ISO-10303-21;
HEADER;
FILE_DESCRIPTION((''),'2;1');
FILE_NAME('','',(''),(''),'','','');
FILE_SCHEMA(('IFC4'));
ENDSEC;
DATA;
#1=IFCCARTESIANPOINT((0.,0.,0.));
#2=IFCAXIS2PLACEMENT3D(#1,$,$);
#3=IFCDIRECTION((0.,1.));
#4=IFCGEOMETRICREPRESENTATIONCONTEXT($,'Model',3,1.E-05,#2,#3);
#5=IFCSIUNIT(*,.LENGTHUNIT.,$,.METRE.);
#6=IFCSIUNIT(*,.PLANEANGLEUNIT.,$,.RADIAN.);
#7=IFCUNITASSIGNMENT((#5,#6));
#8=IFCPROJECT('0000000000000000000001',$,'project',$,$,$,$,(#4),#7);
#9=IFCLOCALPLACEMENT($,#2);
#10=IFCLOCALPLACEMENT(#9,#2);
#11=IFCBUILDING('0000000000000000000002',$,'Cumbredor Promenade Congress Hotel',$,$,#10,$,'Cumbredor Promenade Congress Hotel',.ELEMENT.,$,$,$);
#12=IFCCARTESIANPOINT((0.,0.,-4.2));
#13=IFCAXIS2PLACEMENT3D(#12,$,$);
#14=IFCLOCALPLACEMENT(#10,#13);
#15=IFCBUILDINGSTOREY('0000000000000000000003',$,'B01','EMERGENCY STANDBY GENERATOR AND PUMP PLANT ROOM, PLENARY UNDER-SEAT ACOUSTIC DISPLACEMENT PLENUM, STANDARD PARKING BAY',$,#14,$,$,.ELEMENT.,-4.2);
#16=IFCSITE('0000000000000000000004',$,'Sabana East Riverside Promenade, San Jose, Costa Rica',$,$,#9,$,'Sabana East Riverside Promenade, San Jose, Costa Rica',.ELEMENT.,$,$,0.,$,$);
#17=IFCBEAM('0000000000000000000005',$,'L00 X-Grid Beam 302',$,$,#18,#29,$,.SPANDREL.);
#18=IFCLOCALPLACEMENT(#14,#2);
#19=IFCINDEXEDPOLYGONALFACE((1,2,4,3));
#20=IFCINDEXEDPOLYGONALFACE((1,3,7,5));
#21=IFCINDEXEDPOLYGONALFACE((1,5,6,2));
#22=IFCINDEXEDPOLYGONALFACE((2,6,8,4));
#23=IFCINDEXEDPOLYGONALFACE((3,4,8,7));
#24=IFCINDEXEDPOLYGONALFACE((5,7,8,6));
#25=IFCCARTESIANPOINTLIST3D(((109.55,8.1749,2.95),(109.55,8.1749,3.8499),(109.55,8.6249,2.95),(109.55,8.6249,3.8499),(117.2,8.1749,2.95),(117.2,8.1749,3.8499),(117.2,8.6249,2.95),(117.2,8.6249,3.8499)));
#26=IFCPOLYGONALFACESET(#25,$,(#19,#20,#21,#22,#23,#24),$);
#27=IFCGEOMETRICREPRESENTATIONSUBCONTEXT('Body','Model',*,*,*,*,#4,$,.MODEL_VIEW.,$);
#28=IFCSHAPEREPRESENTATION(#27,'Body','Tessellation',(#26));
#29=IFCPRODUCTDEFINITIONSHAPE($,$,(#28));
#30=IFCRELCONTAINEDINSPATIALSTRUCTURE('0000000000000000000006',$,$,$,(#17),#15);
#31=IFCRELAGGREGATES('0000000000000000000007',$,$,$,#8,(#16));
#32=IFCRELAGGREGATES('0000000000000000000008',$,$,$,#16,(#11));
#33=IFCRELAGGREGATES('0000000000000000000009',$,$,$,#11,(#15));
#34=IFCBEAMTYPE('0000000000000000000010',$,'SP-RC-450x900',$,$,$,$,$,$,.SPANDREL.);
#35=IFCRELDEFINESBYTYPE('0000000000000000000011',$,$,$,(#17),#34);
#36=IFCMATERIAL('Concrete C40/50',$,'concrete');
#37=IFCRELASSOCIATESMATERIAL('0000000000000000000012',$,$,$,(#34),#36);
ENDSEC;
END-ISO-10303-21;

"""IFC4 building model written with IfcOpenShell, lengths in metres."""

from ifc_helpers import new_model, si_unit, direction, frame, origin, origin_2d, place, context, subcontext, project, spatial, rectangle, extrude, material, material_profile, profile_set, type_object, element, save


model = new_model("IFC4")

# Units and contexts
model_context = context("Model", 3, precision=1e-05, world=origin(), true_north=direction((0.0, 1.0)))
body_context = subcontext(model_context, "Body", "Model", "MODEL_VIEW")
ifc_project = project(units=[si_unit("LENGTHUNIT", "METRE"), si_unit("PLANEANGLEUNIT", "RADIAN")], contexts=[model_context])

# Site, building, storey
site_placement = place(None, origin())
site = spatial("IfcSite", under=ifc_project, at=site_placement, Name="Sabana East Riverside Promenade, San Jose, Costa Rica", LongName="Sabana East Riverside Promenade, San Jose, Costa Rica", CompositionType="ELEMENT", RefElevation=0.0)
building_placement = place(site_placement, origin())
building = spatial("IfcBuilding", under=site, at=building_placement, Name="Cumbredor Promenade Congress Hotel", LongName="Cumbredor Promenade Congress Hotel", CompositionType="ELEMENT")
storey_placement = place(building_placement, frame((0.0, 0.0, -4.2)))
storey = spatial("IfcBuildingStorey", under=building, at=storey_placement, Name="B01", Description="EMERGENCY STANDBY GENERATOR AND PUMP PLANT ROOM, PLENARY UNDER-SEAT ACOUSTIC DISPLACEMENT PLENUM, STANDARD PARKING BAY", CompositionType="ELEMENT", Elevation=-4.2)

# Shared definitions
ifc_material_1 = material(Name="Concrete C40/50", Category="concrete")

# Beam
ifc_material_profile_1 = material_profile(ifc_material_1, rectangle(XDim=0.45, YDim=0.8999, at=origin_2d()), Name="RC SPANDREL 450x900")
ifc_profile_set_1 = profile_set([ifc_material_profile_1], Name="Concrete C40/50")
beam_type_1 = type_object("IfcBeamType", Name="SP-RC-450x900", PredefinedType="SPANDREL", material=ifc_profile_set_1)
beam_1_placement = place(storey_placement, frame((109.55, 8.3999, 3.3999), z_axis=(1.0, 0.0, 0.0), x_axis=(0.0, 1.0, 0.0)))
element("IfcBeam", 1, at=beam_1_placement, inside=storey, type_object=beam_type_1, Name="L00 X-Grid Beam 302", PredefinedType="SPANDREL", context=body_context, shape_type="SweptSolid", body=[
    extrude(rectangle(XDim=0.45, YDim=0.8999, at=origin_2d()), origin(), (0.0, 0.0, 1.0), 7.6499),
])

save(model, "model.ifc")
